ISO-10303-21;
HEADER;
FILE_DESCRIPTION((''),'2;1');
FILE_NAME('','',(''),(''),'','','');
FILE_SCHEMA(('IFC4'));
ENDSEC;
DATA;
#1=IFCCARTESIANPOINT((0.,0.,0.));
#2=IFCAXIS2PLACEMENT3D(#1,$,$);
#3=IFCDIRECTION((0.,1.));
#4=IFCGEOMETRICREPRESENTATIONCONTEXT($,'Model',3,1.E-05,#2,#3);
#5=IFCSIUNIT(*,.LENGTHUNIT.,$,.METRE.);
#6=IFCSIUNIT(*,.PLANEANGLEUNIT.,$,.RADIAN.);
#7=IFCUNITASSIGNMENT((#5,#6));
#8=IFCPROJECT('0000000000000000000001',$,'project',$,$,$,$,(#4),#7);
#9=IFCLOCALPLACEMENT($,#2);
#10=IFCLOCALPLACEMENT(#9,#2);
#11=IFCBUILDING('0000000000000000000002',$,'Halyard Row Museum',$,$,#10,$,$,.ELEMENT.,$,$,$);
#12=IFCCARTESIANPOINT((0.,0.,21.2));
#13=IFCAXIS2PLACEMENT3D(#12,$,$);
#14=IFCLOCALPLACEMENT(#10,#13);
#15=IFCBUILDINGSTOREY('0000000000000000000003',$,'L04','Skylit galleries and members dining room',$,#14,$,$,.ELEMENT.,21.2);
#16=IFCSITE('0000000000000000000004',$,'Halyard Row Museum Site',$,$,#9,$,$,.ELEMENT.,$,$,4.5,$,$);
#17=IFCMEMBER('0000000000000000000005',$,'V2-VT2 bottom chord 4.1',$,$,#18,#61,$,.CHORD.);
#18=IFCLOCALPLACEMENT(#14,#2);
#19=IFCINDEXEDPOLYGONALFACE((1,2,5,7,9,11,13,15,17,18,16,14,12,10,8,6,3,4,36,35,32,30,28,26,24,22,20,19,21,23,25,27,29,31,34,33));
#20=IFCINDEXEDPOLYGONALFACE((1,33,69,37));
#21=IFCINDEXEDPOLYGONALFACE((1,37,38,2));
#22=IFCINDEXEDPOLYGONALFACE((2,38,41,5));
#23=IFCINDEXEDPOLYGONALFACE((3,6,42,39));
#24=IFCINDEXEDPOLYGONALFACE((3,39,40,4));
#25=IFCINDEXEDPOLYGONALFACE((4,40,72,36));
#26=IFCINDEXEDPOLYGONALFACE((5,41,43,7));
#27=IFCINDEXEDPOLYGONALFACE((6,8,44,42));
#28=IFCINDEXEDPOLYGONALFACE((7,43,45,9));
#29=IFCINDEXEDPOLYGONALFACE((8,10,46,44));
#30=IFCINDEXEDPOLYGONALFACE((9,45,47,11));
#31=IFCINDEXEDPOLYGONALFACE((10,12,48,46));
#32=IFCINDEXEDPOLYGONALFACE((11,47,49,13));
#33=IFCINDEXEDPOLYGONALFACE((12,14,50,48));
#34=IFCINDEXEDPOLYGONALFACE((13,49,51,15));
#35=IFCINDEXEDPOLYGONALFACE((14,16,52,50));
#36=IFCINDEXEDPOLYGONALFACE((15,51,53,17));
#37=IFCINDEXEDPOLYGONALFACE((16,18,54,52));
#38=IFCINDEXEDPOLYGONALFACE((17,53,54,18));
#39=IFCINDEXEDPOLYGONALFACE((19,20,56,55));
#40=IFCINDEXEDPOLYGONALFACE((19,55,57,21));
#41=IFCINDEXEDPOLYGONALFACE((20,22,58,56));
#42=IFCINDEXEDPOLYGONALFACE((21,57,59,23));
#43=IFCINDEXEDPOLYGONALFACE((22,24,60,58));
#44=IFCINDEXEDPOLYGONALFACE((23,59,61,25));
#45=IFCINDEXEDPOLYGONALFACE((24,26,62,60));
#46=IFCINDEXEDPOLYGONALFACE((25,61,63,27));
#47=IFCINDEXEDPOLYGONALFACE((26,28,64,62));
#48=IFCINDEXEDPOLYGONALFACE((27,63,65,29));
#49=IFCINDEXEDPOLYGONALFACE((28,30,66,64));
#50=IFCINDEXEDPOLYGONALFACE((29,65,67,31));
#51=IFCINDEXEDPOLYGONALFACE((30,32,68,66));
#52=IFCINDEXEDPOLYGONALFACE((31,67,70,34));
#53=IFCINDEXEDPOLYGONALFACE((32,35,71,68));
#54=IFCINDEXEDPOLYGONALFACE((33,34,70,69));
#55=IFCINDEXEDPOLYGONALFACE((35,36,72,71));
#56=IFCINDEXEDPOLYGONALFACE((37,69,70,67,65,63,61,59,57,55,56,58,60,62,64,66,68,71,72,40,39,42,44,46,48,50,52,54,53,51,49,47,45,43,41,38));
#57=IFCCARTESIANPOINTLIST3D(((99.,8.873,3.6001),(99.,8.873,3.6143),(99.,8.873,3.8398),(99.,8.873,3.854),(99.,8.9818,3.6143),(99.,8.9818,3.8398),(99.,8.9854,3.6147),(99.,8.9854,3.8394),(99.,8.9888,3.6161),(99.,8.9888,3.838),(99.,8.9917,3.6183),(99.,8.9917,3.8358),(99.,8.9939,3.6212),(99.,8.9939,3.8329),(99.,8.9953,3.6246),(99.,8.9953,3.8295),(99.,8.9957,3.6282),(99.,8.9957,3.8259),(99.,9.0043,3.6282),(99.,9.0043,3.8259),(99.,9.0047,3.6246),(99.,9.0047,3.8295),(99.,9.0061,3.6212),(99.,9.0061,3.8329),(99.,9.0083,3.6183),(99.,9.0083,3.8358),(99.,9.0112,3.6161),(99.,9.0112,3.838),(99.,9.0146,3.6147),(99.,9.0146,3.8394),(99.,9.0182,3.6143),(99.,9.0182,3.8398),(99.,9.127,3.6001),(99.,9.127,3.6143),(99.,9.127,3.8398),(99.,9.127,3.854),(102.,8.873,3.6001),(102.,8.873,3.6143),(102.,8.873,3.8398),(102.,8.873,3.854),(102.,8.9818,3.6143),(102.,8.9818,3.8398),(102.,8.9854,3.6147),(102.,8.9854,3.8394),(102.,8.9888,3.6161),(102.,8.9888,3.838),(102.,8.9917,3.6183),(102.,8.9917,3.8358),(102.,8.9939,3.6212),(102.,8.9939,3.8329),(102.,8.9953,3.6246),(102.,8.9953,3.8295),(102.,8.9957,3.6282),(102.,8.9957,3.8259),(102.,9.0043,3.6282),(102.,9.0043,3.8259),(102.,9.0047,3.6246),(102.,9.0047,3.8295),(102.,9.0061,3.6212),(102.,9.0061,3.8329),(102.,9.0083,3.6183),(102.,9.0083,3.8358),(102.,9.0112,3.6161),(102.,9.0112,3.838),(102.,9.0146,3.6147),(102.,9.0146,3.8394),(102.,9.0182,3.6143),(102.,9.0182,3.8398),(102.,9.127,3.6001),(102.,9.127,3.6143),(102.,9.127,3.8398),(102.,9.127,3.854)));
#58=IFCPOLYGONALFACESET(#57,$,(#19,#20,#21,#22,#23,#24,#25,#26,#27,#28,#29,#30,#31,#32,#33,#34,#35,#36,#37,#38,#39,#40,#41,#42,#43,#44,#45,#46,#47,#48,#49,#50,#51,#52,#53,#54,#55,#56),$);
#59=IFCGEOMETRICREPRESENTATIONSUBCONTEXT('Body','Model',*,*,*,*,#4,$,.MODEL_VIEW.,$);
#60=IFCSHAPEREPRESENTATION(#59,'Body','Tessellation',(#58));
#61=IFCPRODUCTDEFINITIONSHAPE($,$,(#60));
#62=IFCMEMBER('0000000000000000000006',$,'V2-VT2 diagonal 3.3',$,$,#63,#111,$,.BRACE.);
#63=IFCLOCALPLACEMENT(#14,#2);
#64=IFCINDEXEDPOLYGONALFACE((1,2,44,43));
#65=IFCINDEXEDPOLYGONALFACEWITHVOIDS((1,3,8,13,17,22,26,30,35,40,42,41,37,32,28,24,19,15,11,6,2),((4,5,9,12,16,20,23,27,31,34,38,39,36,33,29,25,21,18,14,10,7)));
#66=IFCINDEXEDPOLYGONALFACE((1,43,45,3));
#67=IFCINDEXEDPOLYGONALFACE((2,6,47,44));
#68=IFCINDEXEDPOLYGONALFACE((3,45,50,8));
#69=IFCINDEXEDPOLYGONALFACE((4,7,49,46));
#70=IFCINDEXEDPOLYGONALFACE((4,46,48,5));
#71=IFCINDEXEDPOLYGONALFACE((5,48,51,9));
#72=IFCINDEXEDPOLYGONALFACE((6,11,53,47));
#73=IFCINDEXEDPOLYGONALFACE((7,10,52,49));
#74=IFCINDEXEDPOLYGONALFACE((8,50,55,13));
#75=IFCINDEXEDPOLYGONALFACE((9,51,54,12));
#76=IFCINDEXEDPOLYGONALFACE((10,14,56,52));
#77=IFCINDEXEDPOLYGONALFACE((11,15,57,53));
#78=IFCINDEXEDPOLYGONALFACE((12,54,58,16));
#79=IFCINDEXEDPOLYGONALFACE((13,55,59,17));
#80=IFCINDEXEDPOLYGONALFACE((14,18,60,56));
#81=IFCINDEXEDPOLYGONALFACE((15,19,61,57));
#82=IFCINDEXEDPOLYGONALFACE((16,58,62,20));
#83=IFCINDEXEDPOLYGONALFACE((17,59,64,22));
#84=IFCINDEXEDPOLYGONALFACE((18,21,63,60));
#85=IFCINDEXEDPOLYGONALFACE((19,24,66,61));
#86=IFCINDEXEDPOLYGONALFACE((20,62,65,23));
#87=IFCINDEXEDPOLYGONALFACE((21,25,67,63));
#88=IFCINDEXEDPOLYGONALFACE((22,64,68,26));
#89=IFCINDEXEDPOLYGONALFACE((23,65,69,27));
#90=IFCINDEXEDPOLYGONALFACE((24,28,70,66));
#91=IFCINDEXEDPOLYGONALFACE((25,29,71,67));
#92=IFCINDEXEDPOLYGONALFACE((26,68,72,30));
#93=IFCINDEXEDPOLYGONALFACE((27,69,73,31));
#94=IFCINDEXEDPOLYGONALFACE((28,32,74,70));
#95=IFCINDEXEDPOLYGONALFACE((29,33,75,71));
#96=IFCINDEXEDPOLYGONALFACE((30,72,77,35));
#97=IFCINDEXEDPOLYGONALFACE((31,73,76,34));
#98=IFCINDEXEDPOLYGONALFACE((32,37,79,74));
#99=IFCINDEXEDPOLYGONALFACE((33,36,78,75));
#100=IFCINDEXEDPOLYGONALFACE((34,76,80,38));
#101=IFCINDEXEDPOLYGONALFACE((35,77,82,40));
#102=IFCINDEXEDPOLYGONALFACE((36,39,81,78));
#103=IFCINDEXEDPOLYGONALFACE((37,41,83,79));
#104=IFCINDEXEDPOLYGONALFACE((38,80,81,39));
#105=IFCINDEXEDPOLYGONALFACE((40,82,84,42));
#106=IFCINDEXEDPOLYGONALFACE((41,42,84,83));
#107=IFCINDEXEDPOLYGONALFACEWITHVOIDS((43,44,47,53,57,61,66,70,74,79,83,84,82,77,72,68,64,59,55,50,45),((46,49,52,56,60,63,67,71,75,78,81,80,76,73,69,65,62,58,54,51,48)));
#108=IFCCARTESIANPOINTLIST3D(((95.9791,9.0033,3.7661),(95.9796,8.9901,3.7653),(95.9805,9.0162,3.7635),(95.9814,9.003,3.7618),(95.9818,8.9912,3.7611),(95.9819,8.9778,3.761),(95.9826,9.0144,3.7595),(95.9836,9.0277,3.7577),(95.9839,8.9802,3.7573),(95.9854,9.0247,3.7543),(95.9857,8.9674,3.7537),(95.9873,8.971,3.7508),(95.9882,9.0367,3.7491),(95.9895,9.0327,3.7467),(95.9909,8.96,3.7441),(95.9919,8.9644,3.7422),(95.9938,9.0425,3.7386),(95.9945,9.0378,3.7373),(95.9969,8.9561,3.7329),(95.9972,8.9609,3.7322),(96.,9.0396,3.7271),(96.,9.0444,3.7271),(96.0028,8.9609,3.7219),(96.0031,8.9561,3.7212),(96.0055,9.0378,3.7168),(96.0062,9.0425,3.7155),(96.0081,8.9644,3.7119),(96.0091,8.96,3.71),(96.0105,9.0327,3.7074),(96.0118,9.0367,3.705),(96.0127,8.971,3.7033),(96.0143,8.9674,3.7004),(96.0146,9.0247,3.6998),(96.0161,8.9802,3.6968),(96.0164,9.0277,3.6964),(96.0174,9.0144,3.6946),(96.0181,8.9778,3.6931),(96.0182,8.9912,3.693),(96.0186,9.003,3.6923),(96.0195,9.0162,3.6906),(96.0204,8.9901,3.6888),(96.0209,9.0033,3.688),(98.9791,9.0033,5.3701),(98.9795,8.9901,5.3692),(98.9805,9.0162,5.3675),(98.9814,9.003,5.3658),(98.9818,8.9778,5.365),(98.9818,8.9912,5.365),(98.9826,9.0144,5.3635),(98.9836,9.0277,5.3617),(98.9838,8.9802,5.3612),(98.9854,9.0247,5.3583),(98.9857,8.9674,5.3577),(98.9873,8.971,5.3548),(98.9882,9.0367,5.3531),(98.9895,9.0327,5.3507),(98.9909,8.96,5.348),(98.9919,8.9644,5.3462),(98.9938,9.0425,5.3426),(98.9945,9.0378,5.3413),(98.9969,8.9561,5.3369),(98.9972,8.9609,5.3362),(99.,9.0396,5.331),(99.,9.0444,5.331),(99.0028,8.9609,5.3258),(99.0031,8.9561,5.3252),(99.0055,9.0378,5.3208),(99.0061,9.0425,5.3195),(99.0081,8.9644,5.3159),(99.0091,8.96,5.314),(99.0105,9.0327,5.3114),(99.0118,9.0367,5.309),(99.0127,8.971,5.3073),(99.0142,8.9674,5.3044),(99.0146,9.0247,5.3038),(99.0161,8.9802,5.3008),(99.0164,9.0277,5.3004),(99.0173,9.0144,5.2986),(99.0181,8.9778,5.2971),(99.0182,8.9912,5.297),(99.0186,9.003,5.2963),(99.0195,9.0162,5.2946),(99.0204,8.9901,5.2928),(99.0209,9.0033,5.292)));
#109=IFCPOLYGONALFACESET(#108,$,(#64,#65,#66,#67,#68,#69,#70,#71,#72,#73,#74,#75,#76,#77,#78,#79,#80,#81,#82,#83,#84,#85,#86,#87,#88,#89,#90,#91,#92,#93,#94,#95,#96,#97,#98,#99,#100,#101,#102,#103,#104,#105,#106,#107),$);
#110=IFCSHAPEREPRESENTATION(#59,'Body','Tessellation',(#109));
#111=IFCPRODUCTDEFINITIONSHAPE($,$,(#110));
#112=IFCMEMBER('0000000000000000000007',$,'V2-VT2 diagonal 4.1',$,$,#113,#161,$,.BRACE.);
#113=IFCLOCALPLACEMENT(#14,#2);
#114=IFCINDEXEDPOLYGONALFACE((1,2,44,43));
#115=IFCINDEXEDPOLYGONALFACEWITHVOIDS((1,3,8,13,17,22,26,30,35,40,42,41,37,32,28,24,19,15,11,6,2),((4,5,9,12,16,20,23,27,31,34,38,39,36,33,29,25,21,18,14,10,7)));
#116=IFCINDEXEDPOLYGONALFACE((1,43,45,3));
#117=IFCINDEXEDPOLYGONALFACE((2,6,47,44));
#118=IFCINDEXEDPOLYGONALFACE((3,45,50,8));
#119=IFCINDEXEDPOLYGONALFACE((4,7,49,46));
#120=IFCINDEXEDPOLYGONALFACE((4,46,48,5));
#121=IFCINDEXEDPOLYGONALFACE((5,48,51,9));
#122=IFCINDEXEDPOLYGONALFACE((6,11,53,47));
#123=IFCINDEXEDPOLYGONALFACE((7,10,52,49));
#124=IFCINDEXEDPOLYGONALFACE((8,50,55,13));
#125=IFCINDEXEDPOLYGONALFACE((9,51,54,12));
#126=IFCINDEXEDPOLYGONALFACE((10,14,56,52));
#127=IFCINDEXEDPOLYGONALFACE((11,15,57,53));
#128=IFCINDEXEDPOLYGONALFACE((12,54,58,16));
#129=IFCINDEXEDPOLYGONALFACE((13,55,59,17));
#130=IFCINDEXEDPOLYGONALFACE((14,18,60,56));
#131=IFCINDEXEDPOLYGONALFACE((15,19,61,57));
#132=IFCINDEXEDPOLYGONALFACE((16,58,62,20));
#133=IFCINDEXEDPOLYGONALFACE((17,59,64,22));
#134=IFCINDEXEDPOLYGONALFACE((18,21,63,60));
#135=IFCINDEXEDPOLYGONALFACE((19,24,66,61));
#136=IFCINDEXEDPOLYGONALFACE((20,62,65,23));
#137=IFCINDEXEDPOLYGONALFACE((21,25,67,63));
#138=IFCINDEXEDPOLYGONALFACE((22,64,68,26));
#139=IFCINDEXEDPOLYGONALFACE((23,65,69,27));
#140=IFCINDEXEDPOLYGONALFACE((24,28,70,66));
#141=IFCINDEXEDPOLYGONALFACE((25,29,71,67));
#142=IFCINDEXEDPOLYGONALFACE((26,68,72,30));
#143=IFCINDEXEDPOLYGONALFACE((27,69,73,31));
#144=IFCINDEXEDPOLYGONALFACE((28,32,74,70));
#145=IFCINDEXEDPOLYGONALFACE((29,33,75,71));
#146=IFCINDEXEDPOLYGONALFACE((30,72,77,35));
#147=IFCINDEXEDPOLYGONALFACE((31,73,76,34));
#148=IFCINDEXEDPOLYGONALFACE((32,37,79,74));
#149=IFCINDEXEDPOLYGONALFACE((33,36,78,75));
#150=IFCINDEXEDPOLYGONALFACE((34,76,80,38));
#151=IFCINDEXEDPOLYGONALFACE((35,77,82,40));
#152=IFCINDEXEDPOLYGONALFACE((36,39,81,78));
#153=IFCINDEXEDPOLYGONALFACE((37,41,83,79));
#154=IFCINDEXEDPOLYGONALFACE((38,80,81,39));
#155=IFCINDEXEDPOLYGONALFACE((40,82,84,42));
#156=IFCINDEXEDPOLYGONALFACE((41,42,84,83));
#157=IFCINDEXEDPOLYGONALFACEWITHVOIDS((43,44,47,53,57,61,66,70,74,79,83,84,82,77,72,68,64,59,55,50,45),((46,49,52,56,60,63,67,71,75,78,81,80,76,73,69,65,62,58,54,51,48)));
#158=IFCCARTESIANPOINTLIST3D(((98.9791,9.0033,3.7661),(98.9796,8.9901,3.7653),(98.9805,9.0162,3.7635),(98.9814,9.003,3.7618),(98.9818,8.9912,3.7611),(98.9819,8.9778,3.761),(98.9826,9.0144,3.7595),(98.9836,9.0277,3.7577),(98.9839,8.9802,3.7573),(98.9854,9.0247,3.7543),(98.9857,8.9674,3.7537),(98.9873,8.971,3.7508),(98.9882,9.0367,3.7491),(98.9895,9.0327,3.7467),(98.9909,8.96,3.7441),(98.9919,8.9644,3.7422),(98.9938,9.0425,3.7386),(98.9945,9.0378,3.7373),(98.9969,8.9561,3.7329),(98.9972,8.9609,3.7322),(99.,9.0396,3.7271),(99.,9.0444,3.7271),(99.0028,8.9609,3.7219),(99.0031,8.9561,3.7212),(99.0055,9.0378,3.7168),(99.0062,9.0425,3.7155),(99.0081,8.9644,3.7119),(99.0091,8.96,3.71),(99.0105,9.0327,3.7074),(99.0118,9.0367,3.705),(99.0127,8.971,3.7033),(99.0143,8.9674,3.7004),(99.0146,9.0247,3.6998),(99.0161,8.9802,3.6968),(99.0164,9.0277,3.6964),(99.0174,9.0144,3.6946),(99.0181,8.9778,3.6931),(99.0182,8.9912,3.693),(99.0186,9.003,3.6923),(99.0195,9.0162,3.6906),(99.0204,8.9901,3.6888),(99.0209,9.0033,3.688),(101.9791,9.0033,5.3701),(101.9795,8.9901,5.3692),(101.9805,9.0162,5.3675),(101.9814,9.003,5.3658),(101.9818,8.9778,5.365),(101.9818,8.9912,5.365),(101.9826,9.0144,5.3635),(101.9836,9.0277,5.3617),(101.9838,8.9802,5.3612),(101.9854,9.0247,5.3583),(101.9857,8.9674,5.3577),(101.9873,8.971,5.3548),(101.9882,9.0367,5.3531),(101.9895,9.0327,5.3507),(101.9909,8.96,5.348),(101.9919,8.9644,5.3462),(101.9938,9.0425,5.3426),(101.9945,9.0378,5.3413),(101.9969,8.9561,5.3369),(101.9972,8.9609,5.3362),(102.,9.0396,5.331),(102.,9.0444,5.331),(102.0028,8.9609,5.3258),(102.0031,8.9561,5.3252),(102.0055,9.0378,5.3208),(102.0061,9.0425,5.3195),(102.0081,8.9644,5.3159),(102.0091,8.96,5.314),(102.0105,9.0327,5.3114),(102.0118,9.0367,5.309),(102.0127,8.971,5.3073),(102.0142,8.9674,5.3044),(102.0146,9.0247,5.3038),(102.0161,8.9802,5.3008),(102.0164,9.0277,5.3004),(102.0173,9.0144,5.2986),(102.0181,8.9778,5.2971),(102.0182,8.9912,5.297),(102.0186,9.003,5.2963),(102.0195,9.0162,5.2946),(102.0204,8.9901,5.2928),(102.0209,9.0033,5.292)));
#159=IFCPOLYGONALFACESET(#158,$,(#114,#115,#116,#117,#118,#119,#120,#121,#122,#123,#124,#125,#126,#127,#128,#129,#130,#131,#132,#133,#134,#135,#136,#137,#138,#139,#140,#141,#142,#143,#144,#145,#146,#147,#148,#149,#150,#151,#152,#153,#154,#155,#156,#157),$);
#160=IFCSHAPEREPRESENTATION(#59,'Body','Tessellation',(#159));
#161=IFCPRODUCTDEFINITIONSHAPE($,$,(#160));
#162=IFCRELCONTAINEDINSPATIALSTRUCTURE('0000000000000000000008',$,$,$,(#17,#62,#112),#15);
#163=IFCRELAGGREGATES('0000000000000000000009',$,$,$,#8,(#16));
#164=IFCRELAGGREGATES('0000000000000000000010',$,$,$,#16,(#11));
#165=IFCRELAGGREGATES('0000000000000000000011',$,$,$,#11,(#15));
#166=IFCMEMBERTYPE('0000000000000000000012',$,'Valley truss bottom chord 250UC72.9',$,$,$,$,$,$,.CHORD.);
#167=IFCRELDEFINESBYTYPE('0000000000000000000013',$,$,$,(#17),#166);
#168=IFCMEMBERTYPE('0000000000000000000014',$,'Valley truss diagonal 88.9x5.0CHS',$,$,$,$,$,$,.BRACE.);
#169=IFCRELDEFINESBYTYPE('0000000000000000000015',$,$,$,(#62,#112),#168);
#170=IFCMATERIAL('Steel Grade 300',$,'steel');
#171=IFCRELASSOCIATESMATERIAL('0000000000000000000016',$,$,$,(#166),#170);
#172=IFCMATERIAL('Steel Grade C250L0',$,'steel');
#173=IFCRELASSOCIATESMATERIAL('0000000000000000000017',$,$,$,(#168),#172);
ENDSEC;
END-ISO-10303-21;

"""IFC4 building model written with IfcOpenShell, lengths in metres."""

from ifc_helpers import new_model, si_unit, direction, frame, origin, origin_2d, place, context, subcontext, project, spatial, hollow_circle, i_section, extrude, material, material_profile, profile_set, type_object, element, save


model = new_model("IFC4")

# Units and contexts
model_context = context("Model", 3, precision=1e-05, world=origin(), true_north=direction((0.0, 1.0)))
body_context = subcontext(model_context, "Body", "Model", "MODEL_VIEW")
ifc_project = project(units=[si_unit("LENGTHUNIT", "METRE"), si_unit("PLANEANGLEUNIT", "RADIAN")], contexts=[model_context])

# Site, building, storey
site_placement = place(None, origin())
site = spatial("IfcSite", under=ifc_project, at=site_placement, Name="Halyard Row Museum Site", CompositionType="ELEMENT", RefElevation=4.5)
building_placement = place(site_placement, origin())
building = spatial("IfcBuilding", under=site, at=building_placement, Name="Halyard Row Museum", CompositionType="ELEMENT")
storey_placement = place(building_placement, frame((0.0, 0.0, 21.2)))
storey = spatial("IfcBuildingStorey", under=building, at=storey_placement, Name="L04", Description="Skylit galleries and members dining room", CompositionType="ELEMENT", Elevation=21.2)

# Members
ifc_material_1 = material(Name="Steel Grade 300", Category="steel")
ifc_material_profile_1 = material_profile(ifc_material_1, i_section(OverallWidth=0.2539, OverallDepth=0.2539, WebThickness=0.0085, FlangeThickness=0.0142, FilletRadius=0.0139, at=origin_2d()), Name="250UC72.9")
ifc_profile_set_1 = profile_set([ifc_material_profile_1], Name="Steel Grade 300")
member_type_1 = type_object("IfcMemberType", Name="Valley truss bottom chord 250UC72.9", PredefinedType="CHORD", material=ifc_profile_set_1)
for number, where, z_axis, x_axis, name in (
    (1, (99.0, 9.0, 3.7271), (1.0, 0.0, 0.0), (0.0, 1.0, 0.0), "V2-VT2 bottom chord 4.1"),
):
    element("IfcMember", number, at=place(storey_placement, frame(where, z_axis=z_axis, x_axis=x_axis)), inside=storey, type_object=member_type_1, Name=name, PredefinedType="CHORD", context=body_context, shape_type="SweptSolid", body=[
        extrude(i_section(OverallWidth=0.2539, OverallDepth=0.2539, WebThickness=0.0085, FlangeThickness=0.0142, FilletRadius=0.0139, at=origin_2d()), origin(), (0.0, 0.0, 1.0), 3.0),
    ])
ifc_material_2 = material(Name="Steel Grade C250L0", Category="steel")
ifc_material_profile_2 = material_profile(ifc_material_2, hollow_circle(Radius=0.0444, WallThickness=0.0049, at=origin_2d()), Name="88.9x5.0CHS")
ifc_profile_set_2 = profile_set([ifc_material_profile_2], Name="Steel Grade C250L0")
member_type_2 = type_object("IfcMemberType", Name="Valley truss diagonal 88.9x5.0CHS", PredefinedType="BRACE", material=ifc_profile_set_2)
for number, where, z_axis, x_axis, name in (
    (2, (96.0, 9.0, 3.7271), (0.881864, 0.0, 0.471504), (0.0, 1.0, 0.0), "V2-VT2 diagonal 3.3"),
    (3, (99.0, 9.0, 3.7271), (0.881864, 0.0, 0.471504), (0.0, 1.0, 0.0), "V2-VT2 diagonal 4.1"),
):
    element("IfcMember", number, at=place(storey_placement, frame(where, z_axis=z_axis, x_axis=x_axis)), inside=storey, type_object=member_type_2, Name=name, PredefinedType="BRACE", context=body_context, shape_type="SweptSolid", body=[
        extrude(hollow_circle(Radius=0.0444, WallThickness=0.0049, at=origin_2d()), origin(), (0.0, 0.0, 1.0), 3.4019),
    ])

save(model, "model.ifc")
